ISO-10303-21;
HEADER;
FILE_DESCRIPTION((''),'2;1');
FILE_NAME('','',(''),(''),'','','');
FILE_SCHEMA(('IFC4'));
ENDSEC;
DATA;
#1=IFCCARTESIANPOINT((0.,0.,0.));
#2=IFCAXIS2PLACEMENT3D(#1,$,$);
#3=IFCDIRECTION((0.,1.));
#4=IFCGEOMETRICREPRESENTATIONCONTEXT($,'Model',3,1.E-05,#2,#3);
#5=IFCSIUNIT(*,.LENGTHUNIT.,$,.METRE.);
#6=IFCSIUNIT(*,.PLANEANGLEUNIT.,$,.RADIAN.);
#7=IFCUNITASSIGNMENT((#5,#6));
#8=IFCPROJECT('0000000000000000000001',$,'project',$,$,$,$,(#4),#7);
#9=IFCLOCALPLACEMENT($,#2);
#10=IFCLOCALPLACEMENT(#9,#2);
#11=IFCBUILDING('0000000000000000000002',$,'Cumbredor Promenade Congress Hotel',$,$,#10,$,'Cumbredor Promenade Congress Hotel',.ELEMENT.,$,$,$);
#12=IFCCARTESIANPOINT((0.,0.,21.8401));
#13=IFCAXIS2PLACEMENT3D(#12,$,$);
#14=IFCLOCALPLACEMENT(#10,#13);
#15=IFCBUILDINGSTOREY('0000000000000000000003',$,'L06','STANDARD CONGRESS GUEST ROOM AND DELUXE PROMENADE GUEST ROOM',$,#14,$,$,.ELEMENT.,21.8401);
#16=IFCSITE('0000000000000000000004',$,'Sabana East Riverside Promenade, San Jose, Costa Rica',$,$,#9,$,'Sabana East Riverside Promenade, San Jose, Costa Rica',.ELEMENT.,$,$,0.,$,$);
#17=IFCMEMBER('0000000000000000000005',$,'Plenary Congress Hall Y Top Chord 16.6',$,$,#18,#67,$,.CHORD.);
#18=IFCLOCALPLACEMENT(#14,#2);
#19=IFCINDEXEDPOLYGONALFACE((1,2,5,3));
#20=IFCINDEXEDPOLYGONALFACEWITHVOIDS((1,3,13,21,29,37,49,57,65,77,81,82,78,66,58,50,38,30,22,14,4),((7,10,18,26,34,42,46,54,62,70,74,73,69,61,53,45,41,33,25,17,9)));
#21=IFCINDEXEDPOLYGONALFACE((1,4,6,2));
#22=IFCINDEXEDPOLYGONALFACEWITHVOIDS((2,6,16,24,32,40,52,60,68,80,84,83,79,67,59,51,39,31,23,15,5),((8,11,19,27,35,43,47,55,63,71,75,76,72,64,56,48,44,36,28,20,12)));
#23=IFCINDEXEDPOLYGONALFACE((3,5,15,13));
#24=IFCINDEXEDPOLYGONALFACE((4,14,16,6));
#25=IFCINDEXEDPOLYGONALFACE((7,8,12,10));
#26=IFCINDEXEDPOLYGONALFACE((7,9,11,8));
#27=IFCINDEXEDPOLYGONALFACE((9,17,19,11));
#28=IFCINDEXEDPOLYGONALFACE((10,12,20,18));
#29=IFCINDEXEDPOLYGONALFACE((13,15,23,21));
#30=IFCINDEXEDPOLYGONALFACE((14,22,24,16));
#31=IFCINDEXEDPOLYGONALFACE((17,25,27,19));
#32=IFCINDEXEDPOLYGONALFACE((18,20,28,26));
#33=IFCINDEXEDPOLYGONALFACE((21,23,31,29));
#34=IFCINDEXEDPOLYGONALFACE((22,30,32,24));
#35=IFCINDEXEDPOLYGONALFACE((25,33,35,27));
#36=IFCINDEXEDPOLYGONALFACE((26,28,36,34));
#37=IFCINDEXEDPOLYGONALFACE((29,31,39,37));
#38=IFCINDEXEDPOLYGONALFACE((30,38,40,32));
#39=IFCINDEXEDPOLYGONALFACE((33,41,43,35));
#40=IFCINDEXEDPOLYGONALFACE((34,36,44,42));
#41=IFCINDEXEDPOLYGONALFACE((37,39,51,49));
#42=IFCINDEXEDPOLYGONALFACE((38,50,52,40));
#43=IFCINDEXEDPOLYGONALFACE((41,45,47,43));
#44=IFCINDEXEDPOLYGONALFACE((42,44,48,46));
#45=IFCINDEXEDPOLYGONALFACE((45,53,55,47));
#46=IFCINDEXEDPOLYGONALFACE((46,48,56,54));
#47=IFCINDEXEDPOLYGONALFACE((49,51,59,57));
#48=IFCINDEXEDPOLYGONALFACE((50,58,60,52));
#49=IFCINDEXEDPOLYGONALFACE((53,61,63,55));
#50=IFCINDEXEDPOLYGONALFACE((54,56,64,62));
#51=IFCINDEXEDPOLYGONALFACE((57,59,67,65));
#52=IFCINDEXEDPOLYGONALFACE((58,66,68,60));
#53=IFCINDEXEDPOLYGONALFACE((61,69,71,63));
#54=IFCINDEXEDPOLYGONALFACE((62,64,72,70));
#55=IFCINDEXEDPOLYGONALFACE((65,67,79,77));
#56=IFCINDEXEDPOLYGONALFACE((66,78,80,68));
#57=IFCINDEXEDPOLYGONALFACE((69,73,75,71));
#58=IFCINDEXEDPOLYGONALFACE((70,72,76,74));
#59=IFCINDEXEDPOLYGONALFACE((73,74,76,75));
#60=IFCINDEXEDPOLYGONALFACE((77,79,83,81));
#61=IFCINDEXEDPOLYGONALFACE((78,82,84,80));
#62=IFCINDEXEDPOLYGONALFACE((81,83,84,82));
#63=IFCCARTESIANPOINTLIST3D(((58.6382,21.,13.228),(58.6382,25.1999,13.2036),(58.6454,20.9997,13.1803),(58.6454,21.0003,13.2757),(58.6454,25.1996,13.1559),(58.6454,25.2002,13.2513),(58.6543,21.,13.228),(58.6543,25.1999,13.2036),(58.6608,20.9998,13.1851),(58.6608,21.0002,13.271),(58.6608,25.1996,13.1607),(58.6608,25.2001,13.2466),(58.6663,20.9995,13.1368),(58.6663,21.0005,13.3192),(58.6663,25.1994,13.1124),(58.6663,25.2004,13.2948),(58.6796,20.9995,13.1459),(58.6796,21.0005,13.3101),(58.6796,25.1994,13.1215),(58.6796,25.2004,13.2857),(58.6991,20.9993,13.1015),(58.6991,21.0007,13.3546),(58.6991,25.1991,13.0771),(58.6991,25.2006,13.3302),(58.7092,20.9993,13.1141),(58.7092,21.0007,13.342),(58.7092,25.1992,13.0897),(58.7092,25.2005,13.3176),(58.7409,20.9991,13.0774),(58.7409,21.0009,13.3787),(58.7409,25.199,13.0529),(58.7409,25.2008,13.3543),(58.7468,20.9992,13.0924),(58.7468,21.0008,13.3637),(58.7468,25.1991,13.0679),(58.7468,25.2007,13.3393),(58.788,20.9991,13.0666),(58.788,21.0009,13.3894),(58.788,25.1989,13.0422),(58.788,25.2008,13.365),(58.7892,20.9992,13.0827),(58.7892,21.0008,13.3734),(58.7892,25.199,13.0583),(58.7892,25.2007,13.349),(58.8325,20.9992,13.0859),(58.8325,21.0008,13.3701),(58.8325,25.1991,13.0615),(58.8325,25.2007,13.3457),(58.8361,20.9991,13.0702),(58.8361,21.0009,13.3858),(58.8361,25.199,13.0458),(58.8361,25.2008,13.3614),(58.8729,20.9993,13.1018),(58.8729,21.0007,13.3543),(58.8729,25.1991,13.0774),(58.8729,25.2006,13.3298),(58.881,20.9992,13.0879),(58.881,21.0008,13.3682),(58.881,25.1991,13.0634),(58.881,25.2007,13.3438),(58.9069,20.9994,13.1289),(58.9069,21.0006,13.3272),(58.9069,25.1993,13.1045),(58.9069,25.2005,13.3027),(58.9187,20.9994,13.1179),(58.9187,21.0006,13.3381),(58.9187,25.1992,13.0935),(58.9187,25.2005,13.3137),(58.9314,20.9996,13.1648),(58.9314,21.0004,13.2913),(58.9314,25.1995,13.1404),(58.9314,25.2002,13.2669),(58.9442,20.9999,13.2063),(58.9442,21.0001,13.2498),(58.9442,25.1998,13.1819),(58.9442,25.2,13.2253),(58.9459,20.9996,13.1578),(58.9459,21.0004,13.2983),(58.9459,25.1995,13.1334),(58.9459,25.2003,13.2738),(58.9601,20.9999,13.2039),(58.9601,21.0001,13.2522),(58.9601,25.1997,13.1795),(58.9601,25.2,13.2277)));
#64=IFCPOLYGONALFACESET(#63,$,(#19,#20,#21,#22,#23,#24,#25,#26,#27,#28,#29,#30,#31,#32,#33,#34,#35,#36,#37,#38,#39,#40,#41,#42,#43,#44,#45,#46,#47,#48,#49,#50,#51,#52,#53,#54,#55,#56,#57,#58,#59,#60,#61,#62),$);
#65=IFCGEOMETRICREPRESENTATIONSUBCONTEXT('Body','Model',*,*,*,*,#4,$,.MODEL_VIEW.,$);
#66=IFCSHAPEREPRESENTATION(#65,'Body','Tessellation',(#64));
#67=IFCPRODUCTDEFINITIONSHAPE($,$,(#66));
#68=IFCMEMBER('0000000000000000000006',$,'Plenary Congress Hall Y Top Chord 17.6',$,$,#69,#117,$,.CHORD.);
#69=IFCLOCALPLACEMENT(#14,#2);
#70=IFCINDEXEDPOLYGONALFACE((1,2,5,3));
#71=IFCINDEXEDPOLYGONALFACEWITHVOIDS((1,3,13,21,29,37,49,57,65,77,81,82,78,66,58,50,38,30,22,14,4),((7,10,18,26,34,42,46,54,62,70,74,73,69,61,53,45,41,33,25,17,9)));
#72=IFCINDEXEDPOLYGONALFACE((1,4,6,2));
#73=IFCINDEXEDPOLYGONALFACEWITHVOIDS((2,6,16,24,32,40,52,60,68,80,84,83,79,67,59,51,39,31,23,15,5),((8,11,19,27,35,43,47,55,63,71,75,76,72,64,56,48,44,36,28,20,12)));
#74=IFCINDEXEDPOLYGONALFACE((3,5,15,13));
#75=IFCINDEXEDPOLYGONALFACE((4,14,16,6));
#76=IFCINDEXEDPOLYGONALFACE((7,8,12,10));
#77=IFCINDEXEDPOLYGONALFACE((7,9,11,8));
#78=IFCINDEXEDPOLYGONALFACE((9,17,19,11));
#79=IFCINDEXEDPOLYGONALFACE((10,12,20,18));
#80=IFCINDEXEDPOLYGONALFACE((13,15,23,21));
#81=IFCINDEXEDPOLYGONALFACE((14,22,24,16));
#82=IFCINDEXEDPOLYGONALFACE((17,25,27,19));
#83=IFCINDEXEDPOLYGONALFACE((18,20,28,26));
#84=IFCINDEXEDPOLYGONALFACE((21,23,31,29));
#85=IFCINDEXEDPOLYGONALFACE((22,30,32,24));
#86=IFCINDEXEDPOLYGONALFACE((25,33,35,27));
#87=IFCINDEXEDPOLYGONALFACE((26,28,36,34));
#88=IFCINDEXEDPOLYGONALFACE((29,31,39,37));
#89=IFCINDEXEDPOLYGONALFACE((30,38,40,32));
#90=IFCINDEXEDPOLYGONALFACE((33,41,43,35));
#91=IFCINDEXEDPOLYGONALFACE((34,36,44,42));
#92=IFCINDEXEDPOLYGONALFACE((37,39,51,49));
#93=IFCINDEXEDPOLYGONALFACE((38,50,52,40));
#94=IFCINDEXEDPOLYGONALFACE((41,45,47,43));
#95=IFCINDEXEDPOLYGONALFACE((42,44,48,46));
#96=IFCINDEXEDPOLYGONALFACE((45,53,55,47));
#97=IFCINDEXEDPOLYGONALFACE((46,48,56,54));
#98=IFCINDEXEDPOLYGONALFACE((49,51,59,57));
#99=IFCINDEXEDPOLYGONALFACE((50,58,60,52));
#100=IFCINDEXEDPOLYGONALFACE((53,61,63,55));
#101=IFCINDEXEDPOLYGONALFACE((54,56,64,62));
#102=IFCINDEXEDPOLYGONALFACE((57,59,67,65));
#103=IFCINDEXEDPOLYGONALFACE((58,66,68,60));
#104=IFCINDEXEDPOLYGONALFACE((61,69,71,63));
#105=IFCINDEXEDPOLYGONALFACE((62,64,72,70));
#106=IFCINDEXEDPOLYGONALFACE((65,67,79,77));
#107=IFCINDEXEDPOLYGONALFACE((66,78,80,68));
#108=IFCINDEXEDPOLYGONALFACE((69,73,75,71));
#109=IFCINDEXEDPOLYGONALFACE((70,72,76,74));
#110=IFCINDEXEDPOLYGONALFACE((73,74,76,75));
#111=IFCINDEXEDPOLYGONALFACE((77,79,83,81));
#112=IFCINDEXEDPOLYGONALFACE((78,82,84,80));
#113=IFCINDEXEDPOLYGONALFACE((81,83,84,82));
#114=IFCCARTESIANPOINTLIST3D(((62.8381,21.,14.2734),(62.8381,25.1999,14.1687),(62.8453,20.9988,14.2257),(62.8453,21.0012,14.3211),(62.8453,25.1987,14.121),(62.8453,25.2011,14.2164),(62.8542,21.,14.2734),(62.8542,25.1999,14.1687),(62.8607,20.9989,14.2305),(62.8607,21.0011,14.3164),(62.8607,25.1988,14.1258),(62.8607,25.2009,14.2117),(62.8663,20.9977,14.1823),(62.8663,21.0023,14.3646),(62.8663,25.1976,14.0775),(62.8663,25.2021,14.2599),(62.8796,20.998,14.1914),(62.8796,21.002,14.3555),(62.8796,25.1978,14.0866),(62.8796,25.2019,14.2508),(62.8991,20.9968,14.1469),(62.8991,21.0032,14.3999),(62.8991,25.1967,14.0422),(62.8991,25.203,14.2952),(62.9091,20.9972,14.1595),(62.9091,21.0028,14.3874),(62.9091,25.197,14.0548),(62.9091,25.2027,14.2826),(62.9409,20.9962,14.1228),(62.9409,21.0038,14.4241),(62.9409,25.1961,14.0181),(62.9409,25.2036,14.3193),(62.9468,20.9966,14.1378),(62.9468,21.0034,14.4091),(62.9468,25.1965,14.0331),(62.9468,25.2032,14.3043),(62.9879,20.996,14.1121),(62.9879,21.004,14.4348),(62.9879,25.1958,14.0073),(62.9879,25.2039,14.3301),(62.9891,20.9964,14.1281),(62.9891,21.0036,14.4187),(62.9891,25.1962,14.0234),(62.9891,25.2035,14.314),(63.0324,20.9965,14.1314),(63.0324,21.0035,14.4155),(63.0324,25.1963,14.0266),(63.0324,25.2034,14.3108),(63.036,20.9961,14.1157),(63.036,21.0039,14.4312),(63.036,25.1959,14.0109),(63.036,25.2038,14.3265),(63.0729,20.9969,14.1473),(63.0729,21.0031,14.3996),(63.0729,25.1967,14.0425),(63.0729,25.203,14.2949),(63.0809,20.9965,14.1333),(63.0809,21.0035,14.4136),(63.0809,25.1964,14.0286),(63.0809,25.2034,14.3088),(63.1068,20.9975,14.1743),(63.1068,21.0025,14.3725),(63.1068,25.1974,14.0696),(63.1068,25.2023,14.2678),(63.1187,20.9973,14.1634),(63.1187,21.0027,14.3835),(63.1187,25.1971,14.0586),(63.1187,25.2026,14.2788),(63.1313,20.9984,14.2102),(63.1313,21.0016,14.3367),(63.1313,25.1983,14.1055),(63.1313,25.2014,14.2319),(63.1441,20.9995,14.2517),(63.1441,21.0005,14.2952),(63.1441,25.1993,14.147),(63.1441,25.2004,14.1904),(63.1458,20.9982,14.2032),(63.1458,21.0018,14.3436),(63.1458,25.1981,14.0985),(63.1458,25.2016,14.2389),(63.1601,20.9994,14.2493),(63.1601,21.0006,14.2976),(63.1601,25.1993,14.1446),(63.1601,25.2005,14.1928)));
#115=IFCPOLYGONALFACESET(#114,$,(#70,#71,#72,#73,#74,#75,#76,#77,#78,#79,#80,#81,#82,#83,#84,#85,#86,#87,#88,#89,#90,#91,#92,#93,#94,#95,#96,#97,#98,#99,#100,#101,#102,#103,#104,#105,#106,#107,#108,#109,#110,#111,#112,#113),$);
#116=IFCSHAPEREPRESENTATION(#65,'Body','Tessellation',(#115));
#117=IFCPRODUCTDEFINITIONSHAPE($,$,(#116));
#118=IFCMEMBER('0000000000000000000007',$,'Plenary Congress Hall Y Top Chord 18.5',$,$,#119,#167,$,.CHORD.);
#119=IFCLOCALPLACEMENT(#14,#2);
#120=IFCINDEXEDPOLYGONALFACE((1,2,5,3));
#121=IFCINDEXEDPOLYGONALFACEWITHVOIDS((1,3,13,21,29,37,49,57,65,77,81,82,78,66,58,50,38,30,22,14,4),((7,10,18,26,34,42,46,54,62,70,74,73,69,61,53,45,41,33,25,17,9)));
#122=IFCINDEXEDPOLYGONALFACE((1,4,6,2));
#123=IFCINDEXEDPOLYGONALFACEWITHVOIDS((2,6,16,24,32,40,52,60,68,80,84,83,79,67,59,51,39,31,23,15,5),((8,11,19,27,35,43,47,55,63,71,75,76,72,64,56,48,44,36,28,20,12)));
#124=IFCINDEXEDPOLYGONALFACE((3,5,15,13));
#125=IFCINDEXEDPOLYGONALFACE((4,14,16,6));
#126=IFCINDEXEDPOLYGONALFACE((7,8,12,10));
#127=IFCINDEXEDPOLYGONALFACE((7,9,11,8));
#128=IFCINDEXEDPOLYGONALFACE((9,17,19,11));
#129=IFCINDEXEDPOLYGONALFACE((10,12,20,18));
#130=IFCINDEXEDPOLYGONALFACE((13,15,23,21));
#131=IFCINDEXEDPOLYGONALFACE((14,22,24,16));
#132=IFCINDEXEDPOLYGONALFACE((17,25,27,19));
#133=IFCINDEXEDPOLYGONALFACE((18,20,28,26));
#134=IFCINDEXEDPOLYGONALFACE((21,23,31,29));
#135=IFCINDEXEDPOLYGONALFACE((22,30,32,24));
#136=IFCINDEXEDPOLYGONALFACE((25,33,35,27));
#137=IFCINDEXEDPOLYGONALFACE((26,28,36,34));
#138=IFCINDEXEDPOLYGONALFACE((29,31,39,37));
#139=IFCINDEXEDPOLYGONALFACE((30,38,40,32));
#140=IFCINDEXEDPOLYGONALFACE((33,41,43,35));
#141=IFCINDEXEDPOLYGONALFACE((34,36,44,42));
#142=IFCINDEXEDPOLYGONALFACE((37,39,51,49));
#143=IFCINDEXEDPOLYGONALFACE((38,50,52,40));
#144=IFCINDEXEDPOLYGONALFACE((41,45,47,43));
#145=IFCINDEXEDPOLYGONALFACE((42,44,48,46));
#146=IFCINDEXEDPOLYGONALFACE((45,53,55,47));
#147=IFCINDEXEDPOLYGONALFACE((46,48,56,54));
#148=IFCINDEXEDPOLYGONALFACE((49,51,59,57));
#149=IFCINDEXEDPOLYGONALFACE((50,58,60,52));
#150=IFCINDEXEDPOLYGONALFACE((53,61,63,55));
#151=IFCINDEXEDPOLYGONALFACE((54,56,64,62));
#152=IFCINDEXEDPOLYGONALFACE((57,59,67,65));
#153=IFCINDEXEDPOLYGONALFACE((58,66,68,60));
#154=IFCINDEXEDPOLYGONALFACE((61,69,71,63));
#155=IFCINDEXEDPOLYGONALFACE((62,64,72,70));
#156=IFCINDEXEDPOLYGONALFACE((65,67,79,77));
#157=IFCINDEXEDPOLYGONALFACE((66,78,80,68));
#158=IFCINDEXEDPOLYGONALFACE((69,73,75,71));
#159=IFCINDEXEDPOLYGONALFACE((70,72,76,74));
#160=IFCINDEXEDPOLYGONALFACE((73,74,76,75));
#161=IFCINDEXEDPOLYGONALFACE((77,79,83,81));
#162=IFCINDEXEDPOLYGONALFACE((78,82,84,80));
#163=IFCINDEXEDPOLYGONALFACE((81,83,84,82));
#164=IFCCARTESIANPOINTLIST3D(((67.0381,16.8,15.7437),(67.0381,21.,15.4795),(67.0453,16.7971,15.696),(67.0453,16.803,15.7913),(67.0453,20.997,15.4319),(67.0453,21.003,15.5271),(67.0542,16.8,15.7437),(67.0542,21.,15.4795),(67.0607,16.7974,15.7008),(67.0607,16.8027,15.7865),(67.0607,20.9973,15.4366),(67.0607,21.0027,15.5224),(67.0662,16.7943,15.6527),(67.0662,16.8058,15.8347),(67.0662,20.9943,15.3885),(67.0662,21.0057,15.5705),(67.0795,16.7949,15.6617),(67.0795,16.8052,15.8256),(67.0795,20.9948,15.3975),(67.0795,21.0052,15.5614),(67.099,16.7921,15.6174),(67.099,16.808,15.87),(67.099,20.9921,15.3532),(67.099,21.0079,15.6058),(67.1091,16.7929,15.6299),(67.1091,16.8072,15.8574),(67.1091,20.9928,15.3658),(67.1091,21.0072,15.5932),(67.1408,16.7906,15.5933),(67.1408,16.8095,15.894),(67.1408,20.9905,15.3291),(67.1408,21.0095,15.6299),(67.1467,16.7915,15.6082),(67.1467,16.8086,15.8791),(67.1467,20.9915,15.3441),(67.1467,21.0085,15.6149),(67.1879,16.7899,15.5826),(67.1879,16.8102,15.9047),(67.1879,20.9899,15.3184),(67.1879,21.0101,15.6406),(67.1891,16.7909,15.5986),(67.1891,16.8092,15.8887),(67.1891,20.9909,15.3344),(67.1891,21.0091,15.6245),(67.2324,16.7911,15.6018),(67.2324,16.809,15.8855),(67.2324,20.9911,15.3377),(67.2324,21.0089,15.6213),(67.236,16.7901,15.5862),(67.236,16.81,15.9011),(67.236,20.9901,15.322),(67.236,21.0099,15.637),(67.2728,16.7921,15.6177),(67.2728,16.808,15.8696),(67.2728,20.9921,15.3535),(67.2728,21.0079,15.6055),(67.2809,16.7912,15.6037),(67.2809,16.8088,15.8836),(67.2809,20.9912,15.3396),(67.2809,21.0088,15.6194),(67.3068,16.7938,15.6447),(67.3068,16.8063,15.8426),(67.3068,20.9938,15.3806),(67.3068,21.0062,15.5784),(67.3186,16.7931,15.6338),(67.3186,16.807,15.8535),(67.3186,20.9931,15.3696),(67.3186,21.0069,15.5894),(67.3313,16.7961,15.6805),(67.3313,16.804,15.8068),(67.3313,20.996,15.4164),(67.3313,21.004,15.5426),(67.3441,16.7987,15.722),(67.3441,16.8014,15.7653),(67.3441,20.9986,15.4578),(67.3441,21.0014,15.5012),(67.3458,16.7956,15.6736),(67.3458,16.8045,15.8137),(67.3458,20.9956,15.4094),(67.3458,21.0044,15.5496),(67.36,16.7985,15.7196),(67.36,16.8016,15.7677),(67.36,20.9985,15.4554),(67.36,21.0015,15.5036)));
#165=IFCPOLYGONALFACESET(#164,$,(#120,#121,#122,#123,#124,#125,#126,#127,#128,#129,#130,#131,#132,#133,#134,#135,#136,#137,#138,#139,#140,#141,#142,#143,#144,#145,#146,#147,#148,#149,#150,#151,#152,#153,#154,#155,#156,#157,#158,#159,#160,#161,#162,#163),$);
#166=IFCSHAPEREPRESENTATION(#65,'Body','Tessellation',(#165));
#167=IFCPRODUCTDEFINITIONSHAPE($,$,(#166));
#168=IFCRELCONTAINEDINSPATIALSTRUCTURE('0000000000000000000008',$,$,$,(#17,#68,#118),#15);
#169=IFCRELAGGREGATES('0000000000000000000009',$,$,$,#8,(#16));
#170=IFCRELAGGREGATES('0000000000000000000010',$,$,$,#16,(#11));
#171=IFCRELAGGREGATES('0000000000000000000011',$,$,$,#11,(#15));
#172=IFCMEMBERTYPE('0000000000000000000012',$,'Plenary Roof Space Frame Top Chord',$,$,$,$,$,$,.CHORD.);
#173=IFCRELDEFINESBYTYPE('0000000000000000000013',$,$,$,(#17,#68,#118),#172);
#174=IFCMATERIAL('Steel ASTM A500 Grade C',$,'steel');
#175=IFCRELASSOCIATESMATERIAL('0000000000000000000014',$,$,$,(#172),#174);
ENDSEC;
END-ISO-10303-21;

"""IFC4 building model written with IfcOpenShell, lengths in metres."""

from ifc_helpers import new_model, si_unit, direction, frame, origin, origin_2d, place, context, subcontext, project, spatial, hollow_circle, extrude, material, material_profile, profile_set, type_object, element, save


model = new_model("IFC4")

# Units and contexts
model_context = context("Model", 3, precision=1e-05, world=origin(), true_north=direction((0.0, 1.0)))
body_context = subcontext(model_context, "Body", "Model", "MODEL_VIEW")
ifc_project = project(units=[si_unit("LENGTHUNIT", "METRE"), si_unit("PLANEANGLEUNIT", "RADIAN")], contexts=[model_context])

# Site, building, storey
site_placement = place(None, origin())
site = spatial("IfcSite", under=ifc_project, at=site_placement, Name="Sabana East Riverside Promenade, San Jose, Costa Rica", LongName="Sabana East Riverside Promenade, San Jose, Costa Rica", CompositionType="ELEMENT", RefElevation=0.0)
building_placement = place(site_placement, origin())
building = spatial("IfcBuilding", under=site, at=building_placement, Name="Cumbredor Promenade Congress Hotel", LongName="Cumbredor Promenade Congress Hotel", CompositionType="ELEMENT")
storey_placement = place(building_placement, frame((0.0, 0.0, 21.8401)))
storey = spatial("IfcBuildingStorey", under=building, at=storey_placement, Name="L06", Description="STANDARD CONGRESS GUEST ROOM AND DELUXE PROMENADE GUEST ROOM", CompositionType="ELEMENT", Elevation=21.8401)

# Members
ifc_material_1 = material(Name="Steel ASTM A500 Grade C", Category="steel")
ifc_material_profile_1 = material_profile(ifc_material_1, hollow_circle(Radius=0.1619, WallThickness=0.0161, at=origin_2d()), Name="CHS 323.9x16")
ifc_profile_set_1 = profile_set([ifc_material_profile_1], Name="Steel ASTM A500 Grade C")
member_type_1 = type_object("IfcMemberType", Name="Plenary Roof Space Frame Top Chord", PredefinedType="CHORD", material=ifc_profile_set_1)
member_1_placement = place(storey_placement, frame((58.8, 21.0, 13.228), z_axis=(0.0, 0.999983, -0.005813), x_axis=(-1.0, 0.0, 0.0)))
element("IfcMember", 1, at=member_1_placement, inside=storey, type_object=member_type_1, Name="Plenary Congress Hall Y Top Chord 16.6", PredefinedType="CHORD", context=body_context, shape_type="SweptSolid", body=[
    extrude(hollow_circle(Radius=0.1619, WallThickness=0.0161, at=origin_2d()), origin(), (0.0, 0.0, 1.0), 4.2),
])
member_2_placement = place(storey_placement, frame((63.0, 21.0, 14.2734), z_axis=(0.0, 0.999689, -0.02493), x_axis=(-1.0, 0.0, 0.0)))
element("IfcMember", 2, at=member_2_placement, inside=storey, type_object=member_type_1, Name="Plenary Congress Hall Y Top Chord 17.6", PredefinedType="CHORD", context=body_context, shape_type="SweptSolid", body=[
    extrude(hollow_circle(Radius=0.1619, WallThickness=0.0161, at=origin_2d()), origin(), (0.0, 0.0, 1.0), 4.2012),
])
member_3_placement = place(storey_placement, frame((67.2, 16.8, 15.7437), z_axis=(0.0, 0.998028, -0.062772), x_axis=(-1.0, 0.0, 0.0)))
element("IfcMember", 3, at=member_3_placement, inside=storey, type_object=member_type_1, Name="Plenary Congress Hall Y Top Chord 18.5", PredefinedType="CHORD", context=body_context, shape_type="SweptSolid", body=[
    extrude(hollow_circle(Radius=0.1619, WallThickness=0.0161, at=origin_2d()), origin(), (0.0, 0.0, 1.0), 4.2083),
])

save(model, "model.ifc")
